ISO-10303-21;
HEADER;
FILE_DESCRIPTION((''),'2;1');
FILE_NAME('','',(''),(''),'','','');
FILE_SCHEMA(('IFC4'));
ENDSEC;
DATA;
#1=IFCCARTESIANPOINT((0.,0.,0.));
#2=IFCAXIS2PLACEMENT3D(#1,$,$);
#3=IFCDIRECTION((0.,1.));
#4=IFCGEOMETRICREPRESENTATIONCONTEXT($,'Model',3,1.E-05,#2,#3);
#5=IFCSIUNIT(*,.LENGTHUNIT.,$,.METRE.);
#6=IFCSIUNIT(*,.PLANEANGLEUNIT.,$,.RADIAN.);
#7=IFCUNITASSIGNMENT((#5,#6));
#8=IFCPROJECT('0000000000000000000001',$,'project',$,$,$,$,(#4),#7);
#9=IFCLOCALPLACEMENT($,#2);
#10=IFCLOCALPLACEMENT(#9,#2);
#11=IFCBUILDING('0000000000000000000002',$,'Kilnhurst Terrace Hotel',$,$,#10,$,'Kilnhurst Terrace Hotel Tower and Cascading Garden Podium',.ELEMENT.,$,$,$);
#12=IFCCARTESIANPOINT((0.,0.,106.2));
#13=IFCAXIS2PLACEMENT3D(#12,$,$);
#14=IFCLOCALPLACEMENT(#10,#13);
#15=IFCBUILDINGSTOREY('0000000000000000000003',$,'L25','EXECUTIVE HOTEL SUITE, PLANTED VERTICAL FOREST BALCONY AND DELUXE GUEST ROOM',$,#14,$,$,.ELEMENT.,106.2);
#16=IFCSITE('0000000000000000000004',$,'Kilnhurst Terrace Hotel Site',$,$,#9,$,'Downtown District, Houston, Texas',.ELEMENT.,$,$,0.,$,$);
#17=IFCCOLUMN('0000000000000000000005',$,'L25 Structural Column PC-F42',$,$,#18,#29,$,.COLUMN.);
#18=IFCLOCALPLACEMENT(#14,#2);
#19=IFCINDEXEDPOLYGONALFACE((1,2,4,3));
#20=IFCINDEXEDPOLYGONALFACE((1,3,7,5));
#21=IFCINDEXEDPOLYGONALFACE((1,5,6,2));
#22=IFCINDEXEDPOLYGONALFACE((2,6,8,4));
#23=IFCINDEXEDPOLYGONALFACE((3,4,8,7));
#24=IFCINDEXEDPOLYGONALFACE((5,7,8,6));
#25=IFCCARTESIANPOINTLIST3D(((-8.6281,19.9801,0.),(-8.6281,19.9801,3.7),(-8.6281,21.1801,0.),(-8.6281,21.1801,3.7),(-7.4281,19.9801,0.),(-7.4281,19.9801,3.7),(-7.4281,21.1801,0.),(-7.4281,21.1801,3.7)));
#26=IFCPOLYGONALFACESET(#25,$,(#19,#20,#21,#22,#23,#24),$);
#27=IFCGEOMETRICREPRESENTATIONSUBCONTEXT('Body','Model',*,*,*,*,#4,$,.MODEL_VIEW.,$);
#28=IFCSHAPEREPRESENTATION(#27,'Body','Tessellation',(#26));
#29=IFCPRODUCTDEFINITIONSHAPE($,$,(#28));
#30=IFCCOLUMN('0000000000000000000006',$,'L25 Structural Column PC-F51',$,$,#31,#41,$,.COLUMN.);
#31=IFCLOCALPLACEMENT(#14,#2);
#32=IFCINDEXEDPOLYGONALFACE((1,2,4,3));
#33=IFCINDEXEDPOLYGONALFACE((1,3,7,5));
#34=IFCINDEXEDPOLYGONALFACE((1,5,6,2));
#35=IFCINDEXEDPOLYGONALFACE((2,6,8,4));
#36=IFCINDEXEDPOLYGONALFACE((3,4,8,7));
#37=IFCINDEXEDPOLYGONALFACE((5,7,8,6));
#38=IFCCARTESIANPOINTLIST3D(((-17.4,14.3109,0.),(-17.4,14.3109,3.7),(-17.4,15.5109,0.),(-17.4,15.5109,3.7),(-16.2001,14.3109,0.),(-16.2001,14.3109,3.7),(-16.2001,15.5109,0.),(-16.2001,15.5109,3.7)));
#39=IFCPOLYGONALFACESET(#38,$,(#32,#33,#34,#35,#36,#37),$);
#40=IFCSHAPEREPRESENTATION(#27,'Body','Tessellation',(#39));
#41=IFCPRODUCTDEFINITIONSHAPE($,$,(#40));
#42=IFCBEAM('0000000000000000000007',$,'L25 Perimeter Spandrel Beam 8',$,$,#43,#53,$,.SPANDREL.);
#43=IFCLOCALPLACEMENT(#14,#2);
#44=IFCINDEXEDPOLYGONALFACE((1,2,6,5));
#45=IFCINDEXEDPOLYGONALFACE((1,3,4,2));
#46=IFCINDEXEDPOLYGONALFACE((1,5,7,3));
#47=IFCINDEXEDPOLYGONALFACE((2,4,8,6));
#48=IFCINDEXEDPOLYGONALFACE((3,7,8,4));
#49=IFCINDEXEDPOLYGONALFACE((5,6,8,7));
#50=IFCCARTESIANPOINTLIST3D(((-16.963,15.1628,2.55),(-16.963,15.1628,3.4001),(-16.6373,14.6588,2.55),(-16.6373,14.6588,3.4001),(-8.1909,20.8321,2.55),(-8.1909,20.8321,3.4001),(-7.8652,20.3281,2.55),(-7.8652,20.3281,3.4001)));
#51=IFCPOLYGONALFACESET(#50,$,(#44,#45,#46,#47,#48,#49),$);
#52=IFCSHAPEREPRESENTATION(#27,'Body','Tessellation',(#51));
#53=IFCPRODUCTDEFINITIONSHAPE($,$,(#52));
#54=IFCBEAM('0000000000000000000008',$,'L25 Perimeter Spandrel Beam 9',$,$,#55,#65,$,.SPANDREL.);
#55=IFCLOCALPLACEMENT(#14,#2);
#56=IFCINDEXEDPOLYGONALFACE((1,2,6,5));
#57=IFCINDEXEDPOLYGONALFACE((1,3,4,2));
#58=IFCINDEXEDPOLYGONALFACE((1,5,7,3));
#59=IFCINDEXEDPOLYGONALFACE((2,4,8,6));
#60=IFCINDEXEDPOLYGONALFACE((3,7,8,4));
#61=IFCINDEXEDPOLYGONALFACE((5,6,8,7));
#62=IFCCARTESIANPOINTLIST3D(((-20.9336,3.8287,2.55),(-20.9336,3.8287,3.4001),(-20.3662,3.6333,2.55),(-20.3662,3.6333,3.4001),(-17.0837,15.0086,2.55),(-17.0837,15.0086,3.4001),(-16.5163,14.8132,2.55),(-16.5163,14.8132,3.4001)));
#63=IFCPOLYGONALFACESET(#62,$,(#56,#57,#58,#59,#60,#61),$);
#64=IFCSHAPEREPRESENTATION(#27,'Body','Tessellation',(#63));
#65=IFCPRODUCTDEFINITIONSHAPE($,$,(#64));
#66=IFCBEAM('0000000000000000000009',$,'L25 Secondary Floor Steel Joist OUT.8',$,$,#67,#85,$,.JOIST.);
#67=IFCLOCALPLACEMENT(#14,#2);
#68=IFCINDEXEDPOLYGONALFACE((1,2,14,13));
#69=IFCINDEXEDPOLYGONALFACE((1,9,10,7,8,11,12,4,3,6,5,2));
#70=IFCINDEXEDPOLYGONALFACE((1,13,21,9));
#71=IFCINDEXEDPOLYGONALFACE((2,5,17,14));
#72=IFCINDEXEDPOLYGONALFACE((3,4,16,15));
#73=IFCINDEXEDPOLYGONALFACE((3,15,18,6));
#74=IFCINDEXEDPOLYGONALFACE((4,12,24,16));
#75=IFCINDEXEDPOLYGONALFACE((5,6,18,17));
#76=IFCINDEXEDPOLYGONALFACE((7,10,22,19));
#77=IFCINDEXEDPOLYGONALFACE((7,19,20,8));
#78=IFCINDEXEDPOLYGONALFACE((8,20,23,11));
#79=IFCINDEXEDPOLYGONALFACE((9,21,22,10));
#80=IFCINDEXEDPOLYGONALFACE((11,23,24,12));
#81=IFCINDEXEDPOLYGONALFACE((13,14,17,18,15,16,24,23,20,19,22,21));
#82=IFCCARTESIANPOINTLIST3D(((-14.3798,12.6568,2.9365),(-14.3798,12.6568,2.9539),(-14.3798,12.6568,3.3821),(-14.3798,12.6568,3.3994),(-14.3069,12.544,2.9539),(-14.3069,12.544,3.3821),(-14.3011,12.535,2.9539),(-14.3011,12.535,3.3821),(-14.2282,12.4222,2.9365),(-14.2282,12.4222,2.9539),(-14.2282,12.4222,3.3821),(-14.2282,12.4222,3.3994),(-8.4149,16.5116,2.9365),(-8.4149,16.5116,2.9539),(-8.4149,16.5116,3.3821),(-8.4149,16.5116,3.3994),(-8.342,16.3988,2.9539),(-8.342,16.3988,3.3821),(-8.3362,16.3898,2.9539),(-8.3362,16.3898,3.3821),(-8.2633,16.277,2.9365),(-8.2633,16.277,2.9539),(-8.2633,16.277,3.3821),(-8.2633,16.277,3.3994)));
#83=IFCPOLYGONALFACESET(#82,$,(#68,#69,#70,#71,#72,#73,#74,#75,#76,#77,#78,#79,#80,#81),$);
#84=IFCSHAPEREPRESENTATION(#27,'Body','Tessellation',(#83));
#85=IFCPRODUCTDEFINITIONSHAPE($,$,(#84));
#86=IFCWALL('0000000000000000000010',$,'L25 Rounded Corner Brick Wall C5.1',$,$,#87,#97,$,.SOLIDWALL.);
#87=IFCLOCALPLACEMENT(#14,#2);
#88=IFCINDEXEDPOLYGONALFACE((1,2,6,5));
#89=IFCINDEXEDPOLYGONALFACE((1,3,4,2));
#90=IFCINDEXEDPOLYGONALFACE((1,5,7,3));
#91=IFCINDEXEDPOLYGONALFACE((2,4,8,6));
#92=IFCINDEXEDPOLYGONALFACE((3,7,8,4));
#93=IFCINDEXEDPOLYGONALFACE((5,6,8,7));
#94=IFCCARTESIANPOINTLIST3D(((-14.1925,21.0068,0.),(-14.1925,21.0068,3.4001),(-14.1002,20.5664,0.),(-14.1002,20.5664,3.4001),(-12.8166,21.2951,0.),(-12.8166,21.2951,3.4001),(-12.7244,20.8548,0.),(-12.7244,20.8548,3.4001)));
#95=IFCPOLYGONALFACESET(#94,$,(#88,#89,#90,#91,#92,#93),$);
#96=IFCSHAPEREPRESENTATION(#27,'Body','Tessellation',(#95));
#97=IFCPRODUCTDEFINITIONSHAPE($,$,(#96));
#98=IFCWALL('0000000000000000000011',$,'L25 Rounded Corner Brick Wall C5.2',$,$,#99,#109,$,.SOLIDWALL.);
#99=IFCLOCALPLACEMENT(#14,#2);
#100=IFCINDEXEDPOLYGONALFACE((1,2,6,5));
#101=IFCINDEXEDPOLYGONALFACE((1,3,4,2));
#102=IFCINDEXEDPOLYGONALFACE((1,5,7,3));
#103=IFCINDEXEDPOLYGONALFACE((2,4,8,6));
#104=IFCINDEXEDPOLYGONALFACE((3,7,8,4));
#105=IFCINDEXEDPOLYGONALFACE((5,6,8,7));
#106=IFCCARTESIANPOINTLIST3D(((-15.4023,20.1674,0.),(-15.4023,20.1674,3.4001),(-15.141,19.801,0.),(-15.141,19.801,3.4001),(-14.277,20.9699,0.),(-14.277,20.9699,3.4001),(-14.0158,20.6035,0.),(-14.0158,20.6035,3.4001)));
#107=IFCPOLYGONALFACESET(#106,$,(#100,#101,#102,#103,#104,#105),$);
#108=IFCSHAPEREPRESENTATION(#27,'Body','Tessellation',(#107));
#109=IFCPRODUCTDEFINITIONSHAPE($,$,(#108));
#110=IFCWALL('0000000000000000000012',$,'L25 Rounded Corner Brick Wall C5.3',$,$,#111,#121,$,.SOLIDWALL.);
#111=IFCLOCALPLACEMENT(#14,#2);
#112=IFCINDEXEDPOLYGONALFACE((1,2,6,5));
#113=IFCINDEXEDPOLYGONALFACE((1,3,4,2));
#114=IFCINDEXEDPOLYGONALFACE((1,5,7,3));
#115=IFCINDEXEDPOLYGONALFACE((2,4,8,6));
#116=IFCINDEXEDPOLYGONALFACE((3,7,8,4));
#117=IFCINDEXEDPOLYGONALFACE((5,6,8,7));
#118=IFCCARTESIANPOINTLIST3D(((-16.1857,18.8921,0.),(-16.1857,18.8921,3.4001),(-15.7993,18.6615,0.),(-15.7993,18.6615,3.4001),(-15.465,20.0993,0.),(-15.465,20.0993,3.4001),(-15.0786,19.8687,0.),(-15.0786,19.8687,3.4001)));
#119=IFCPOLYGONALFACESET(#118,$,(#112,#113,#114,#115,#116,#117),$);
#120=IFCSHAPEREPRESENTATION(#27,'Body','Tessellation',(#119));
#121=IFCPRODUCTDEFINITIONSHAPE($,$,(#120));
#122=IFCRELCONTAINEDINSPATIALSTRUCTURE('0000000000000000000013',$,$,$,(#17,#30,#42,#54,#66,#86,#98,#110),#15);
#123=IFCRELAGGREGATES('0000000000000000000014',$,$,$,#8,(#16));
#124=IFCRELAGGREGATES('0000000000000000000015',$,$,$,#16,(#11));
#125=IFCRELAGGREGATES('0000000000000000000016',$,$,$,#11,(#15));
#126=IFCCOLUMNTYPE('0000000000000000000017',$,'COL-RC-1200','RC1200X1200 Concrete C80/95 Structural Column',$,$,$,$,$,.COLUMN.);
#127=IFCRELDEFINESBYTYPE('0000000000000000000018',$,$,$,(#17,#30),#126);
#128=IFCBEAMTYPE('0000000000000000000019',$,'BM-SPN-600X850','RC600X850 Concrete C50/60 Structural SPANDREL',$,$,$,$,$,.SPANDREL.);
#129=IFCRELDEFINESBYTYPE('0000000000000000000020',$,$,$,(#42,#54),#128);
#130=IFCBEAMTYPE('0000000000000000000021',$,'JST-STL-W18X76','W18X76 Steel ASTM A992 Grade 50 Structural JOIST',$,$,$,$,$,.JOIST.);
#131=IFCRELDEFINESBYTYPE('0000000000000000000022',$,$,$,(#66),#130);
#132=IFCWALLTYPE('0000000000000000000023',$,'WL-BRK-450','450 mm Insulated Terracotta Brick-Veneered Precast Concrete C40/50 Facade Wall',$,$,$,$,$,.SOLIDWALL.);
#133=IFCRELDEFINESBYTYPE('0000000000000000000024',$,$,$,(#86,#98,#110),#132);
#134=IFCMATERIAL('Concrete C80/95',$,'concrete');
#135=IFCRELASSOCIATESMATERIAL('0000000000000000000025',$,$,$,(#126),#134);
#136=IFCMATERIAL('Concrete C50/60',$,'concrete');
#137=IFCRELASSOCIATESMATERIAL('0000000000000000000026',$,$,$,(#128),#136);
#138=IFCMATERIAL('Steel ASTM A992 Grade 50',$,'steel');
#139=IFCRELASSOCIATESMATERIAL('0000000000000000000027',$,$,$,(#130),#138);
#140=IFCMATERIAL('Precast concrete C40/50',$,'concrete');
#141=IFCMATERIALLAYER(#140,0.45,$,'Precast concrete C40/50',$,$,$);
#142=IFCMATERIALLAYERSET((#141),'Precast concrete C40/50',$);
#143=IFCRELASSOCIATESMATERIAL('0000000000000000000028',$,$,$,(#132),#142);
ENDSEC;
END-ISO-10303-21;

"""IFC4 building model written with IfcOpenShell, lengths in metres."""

from ifc_helpers import new_model, si_unit, direction, frame, frame_2d, origin, origin_2d, place, context, subcontext, project, spatial, rectangle, i_section, extrude, material, layer, layer_set, material_profile, profile_set, type_object, element, save


model = new_model("IFC4")

# Units and contexts
model_context = context("Model", 3, precision=1e-05, world=origin(), true_north=direction((0.0, 1.0)))
body_context = subcontext(model_context, "Body", "Model", "MODEL_VIEW")
ifc_project = project(units=[si_unit("LENGTHUNIT", "METRE"), si_unit("PLANEANGLEUNIT", "RADIAN")], contexts=[model_context])

# Site, building, storey
site_placement = place(None, origin())
site = spatial("IfcSite", under=ifc_project, at=site_placement, Name="Kilnhurst Terrace Hotel Site", LongName="Downtown District, Houston, Texas", CompositionType="ELEMENT", RefElevation=0.0)
building_placement = place(site_placement, origin())
building = spatial("IfcBuilding", under=site, at=building_placement, Name="Kilnhurst Terrace Hotel", LongName="Kilnhurst Terrace Hotel Tower and Cascading Garden Podium", CompositionType="ELEMENT")
storey_placement = place(building_placement, frame((0.0, 0.0, 106.2)))
storey = spatial("IfcBuildingStorey", under=building, at=storey_placement, Name="L25", Description="EXECUTIVE HOTEL SUITE, PLANTED VERTICAL FOREST BALCONY AND DELUXE GUEST ROOM", CompositionType="ELEMENT", Elevation=106.2)

# Columns
ifc_material_1 = material(Name="Concrete C80/95", Category="concrete")
ifc_material_profile_1 = material_profile(ifc_material_1, rectangle(XDim=1.2, YDim=1.2, at=origin_2d()), Name="RC1200X1200")
ifc_profile_set_1 = profile_set([ifc_material_profile_1], Name="Concrete C80/95")
column_type = type_object("IfcColumnType", Name="COL-RC-1200", Description="RC1200X1200 Concrete C80/95 Structural Column", PredefinedType="COLUMN", material=ifc_profile_set_1)
for number, where, z_axis, x_axis, name in (
    (1, (-8.0281, 20.5801, 0.0), (0.0, 0.0, 1.0), (1.0, 0.0, 0.0), "L25 Structural Column PC-F42"),
    (2, (-16.8, 14.9109, 0.0), (0.0, 0.0, 1.0), (1.0, 0.0, 0.0), "L25 Structural Column PC-F51"),
):
    element("IfcColumn", number, at=place(storey_placement, frame(where, z_axis=z_axis, x_axis=x_axis)), inside=storey, type_object=column_type, Name=name, PredefinedType="COLUMN", context=body_context, shape_type="SweptSolid", body=[
        extrude(rectangle(XDim=1.2, YDim=1.2, at=origin_2d()), origin(), (0.0, 0.0, 1.0), 3.7),
    ])

# Beams
ifc_material_2 = material(Name="Concrete C50/60", Category="concrete")
ifc_material_profile_2 = material_profile(ifc_material_2, rectangle(XDim=0.6001, YDim=0.8501, at=origin_2d()), Name="RC600X850")
ifc_profile_set_2 = profile_set([ifc_material_profile_2], Name="Concrete C50/60")
beam_type_1 = type_object("IfcBeamType", Name="BM-SPN-600X850", Description="RC600X850 Concrete C50/60 Structural SPANDREL", PredefinedType="SPANDREL", material=ifc_profile_set_2)
beam_1_placement = place(storey_placement, frame((-8.0281, 20.5801, 2.9751), z_axis=(-0.839867, -0.542793, 0.0), x_axis=(0.542793, -0.839867, 0.0)))
element("IfcBeam", 3, at=beam_1_placement, inside=storey, type_object=beam_type_1, Name="L25 Perimeter Spandrel Beam 8", PredefinedType="SPANDREL", context=body_context, shape_type="SweptSolid", body=[
    extrude(rectangle(XDim=0.6001, YDim=0.8501, at=origin_2d()), origin(), (0.0, 0.0, 1.0), 10.4446),
])
beam_2_placement = place(storey_placement, frame((-16.8, 14.9109, 2.9751), z_axis=(-0.32559, -0.945511, 0.0), x_axis=(0.945511, -0.32559, 0.0)))
element("IfcBeam", 4, at=beam_2_placement, inside=storey, type_object=beam_type_1, Name="L25 Perimeter Spandrel Beam 9", PredefinedType="SPANDREL", context=body_context, shape_type="SweptSolid", body=[
    extrude(rectangle(XDim=0.6001, YDim=0.8501, at=origin_2d()), origin(), (0.0, 0.0, 1.0), 11.8242),
])
ifc_material_3 = material(Name="Steel ASTM A992 Grade 50", Category="steel")
ifc_material_profile_3 = material_profile(ifc_material_3, i_section(OverallWidth=0.2793, OverallDepth=0.4629, WebThickness=0.0107, FlangeThickness=0.0173, at=origin_2d()), Name="W18X76")
ifc_profile_set_3 = profile_set([ifc_material_profile_3], Name="Steel ASTM A992 Grade 50")
beam_type_2 = type_object("IfcBeamType", Name="JST-STL-W18X76", Description="W18X76 Steel ASTM A992 Grade 50 Structural JOIST", PredefinedType="JOIST", material=ifc_profile_set_3)
beam_3_placement = place(storey_placement, frame((-8.3391, 16.3943, 3.168), z_axis=(-0.839883, -0.542768, 0.0), x_axis=(0.542768, -0.839883, 0.0)))
element("IfcBeam", 5, at=beam_3_placement, inside=storey, type_object=beam_type_2, Name="L25 Secondary Floor Steel Joist OUT.8", PredefinedType="JOIST", context=body_context, shape_type="SweptSolid", body=[
    extrude(i_section(OverallWidth=0.2793, OverallDepth=0.4629, WebThickness=0.0107, FlangeThickness=0.0173, at=origin_2d()), origin(), (0.0, 0.0, 1.0), 7.1021),
])

# Walls
ifc_material_4 = material(Name="Precast concrete C40/50", Category="concrete")
ifc_layer_1 = layer(ifc_material_4, 0.45, Name="Precast concrete C40/50")
ifc_layer_set_1 = layer_set([ifc_layer_1], Name="Precast concrete C40/50")
wall_type_1 = type_object("IfcWallType", Name="WL-BRK-450", Description="450 mm Insulated Terracotta Brick-Veneered Precast Concrete C40/50 Facade Wall", PredefinedType="SOLIDWALL", material=ifc_layer_set_1)
wall_1_placement = place(storey_placement, frame((-12.7705, 21.075, 0.0), z_axis=(0.0, 0.0, 1.0), x_axis=(-0.978743, -0.205091, 0.0)))
element("IfcWall", 6, at=wall_1_placement, inside=storey, type_object=wall_type_1, Name="L25 Rounded Corner Brick Wall C5.1", PredefinedType="SOLIDWALL", context=body_context, shape_type="SweptSolid", body=[
    extrude(rectangle(XDim=1.4058, YDim=0.45, at=frame_2d((0.7029, 0.0))), origin(), (0.0, 0.0, 1.0), 3.4001),
])
wall_2_placement = place(storey_placement, frame((-14.1465, 20.7866, 0.0), z_axis=(0.0, 0.0, 1.0), x_axis=(-0.814163, -0.580636, 0.0)))
element("IfcWall", 7, at=wall_2_placement, inside=storey, type_object=wall_type_1, Name="L25 Rounded Corner Brick Wall C5.2", PredefinedType="SOLIDWALL", context=body_context, shape_type="SweptSolid", body=[
    extrude(rectangle(XDim=1.3821, YDim=0.45, at=frame_2d((0.6909, 0.0))), origin(), (0.0, 0.0, 1.0), 3.4001),
])
wall_3_placement = place(storey_placement, frame((-15.2717, 19.9841, 0.0), z_axis=(0.0, 0.0, 1.0), x_axis=(-0.512579, -0.85864, 0.0)))
element("IfcWall", 8, at=wall_3_placement, inside=storey, type_object=wall_type_1, Name="L25 Rounded Corner Brick Wall C5.3", PredefinedType="SOLIDWALL", context=body_context, shape_type="SweptSolid", body=[
    extrude(rectangle(XDim=1.406, YDim=0.45, at=frame_2d((0.7031, 0.0))), origin(), (0.0, 0.0, 1.0), 3.4001),
])

save(model, "model.ifc")
